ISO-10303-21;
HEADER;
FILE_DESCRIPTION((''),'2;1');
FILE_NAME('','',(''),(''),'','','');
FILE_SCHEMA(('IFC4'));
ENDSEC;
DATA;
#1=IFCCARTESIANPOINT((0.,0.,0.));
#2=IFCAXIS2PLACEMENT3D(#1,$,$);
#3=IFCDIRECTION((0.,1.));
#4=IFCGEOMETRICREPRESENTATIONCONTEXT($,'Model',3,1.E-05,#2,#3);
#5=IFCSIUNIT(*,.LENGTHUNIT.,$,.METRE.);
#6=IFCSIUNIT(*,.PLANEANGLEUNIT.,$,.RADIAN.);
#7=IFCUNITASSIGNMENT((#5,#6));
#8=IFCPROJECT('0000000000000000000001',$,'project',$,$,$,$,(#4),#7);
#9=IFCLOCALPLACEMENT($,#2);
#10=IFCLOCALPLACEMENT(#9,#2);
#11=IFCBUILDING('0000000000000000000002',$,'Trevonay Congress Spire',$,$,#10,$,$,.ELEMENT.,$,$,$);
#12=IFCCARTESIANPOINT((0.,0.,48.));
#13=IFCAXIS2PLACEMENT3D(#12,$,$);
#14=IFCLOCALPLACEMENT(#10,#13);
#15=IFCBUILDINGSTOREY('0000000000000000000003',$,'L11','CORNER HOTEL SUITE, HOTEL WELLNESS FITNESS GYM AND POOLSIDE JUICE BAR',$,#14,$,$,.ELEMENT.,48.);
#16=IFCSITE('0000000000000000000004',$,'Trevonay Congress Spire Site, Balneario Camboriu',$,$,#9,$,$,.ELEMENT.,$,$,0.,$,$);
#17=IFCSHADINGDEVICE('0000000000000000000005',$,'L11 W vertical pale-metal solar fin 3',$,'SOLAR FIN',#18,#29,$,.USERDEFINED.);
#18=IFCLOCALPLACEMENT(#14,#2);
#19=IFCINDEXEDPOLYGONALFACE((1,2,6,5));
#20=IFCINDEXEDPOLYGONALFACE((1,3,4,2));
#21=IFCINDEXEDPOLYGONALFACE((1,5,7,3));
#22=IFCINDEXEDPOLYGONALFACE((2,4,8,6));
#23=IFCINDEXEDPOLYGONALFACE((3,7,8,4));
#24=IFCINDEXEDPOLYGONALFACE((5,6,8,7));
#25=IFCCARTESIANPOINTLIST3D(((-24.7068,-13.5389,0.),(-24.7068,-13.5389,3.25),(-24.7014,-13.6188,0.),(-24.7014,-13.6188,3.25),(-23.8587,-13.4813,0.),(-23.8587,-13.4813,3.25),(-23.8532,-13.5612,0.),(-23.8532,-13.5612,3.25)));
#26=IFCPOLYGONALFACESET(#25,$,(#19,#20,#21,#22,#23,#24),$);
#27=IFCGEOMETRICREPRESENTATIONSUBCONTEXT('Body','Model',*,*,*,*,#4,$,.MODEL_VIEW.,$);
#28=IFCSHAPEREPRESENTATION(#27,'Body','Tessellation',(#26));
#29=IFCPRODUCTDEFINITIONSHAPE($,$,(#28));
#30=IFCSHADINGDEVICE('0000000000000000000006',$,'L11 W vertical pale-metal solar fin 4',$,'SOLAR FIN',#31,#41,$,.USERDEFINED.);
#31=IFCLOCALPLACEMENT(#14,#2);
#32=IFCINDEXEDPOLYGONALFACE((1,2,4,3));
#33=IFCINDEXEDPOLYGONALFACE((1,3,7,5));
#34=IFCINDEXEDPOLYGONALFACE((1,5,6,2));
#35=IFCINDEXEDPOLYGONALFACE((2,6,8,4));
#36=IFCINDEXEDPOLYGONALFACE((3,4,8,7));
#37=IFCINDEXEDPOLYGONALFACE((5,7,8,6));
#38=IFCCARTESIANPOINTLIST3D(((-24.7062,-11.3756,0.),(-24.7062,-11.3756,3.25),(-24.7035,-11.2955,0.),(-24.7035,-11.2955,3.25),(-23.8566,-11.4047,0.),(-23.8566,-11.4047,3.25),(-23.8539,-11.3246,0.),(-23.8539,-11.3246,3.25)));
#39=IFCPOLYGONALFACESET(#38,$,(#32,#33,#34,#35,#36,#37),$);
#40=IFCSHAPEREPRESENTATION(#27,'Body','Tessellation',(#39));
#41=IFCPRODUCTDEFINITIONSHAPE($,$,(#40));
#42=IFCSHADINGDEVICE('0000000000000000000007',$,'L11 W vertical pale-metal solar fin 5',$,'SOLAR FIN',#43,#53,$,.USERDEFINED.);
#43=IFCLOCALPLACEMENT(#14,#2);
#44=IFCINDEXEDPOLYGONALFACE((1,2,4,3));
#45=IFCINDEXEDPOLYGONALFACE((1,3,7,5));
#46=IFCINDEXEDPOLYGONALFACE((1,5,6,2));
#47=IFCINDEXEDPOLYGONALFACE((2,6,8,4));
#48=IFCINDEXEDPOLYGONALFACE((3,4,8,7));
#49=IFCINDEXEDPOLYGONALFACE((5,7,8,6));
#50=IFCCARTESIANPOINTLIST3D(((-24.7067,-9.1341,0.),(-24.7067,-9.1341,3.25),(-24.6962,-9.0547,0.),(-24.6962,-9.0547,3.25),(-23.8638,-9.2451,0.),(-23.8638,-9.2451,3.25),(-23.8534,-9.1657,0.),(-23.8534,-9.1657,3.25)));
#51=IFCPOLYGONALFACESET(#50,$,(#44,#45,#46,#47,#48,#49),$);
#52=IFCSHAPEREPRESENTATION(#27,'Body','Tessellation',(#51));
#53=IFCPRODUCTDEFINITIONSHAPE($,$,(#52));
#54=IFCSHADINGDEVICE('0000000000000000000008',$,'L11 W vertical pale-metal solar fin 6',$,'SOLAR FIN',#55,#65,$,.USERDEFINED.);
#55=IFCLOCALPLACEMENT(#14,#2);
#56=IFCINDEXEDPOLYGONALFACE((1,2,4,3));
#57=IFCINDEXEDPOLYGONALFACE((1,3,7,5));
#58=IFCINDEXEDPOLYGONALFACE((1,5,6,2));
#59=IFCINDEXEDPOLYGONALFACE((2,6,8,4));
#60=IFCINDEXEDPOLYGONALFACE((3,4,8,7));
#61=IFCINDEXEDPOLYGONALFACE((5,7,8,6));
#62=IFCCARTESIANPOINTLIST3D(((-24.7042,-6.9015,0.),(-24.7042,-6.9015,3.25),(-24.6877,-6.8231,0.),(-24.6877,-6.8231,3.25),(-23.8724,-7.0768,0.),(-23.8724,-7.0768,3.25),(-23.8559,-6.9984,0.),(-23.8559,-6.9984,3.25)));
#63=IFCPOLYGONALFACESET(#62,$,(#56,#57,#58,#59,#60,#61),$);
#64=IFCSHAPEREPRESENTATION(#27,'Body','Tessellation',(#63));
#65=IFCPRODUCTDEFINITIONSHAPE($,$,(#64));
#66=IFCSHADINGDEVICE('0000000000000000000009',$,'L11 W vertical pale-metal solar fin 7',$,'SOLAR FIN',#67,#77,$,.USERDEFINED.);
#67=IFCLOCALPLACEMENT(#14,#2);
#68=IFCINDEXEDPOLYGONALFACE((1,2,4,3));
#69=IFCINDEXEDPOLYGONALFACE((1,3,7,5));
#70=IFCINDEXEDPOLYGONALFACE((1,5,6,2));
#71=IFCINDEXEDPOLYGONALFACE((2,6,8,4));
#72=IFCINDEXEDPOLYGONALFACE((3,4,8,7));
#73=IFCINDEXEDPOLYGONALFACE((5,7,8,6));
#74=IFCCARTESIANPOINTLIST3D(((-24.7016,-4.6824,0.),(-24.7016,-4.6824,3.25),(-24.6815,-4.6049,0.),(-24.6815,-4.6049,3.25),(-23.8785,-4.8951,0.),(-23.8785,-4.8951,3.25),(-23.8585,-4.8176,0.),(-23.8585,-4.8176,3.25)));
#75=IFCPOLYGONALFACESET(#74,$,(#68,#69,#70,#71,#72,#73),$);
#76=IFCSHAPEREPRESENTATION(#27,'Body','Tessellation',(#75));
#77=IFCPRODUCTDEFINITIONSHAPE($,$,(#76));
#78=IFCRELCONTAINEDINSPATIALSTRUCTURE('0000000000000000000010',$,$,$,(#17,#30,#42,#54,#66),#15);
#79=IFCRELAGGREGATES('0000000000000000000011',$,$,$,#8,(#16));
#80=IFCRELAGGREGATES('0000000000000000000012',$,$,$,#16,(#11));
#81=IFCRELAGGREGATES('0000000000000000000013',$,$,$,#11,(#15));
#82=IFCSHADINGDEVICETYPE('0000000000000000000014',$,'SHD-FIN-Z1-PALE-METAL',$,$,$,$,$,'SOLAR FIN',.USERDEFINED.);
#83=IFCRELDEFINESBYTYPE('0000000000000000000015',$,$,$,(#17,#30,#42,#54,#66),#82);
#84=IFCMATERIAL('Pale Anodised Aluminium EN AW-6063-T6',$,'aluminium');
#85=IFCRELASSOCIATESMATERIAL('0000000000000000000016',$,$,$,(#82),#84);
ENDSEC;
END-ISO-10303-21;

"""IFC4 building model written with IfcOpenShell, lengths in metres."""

from ifc_helpers import new_model, si_unit, direction, frame, origin, origin_2d, place, context, subcontext, project, spatial, rectangle, extrude, material, type_object, element, save


model = new_model("IFC4")

# Units and contexts
model_context = context("Model", 3, precision=1e-05, world=origin(), true_north=direction((0.0, 1.0)))
body_context = subcontext(model_context, "Body", "Model", "MODEL_VIEW")
ifc_project = project(units=[si_unit("LENGTHUNIT", "METRE"), si_unit("PLANEANGLEUNIT", "RADIAN")], contexts=[model_context])

# Site, building, storey
site_placement = place(None, origin())
site = spatial("IfcSite", under=ifc_project, at=site_placement, Name="Trevonay Congress Spire Site, Balneario Camboriu", CompositionType="ELEMENT", RefElevation=0.0)
building_placement = place(site_placement, origin())
building = spatial("IfcBuilding", under=site, at=building_placement, Name="Trevonay Congress Spire", CompositionType="ELEMENT")
storey_placement = place(building_placement, frame((0.0, 0.0, 48.0)))
storey = spatial("IfcBuildingStorey", under=building, at=storey_placement, Name="L11", Description="CORNER HOTEL SUITE, HOTEL WELLNESS FITNESS GYM AND POOLSIDE JUICE BAR", CompositionType="ELEMENT", Elevation=48.0)

# Shared definitions
ifc_material_1 = material(Name="Pale Anodised Aluminium EN AW-6063-T6", Category="aluminium")

# Shading devices
shading_device_type = type_object("IfcShadingDeviceType", Name="SHD-FIN-Z1-PALE-METAL", ElementType="SOLAR FIN", PredefinedType="USERDEFINED", material=ifc_material_1)
for number, where, z_axis, x_axis, name in (
    (1, (-24.28, -13.55, 0.0), (0.0, 0.0, 1.0), (-0.067667, 0.997708, 0.0), "L11 W vertical pale-metal solar fin 3"),
    (2, (-24.28, -11.3501, 0.0), (0.0, 0.0, 1.0), (0.034202, 0.999415, 0.0), "L11 W vertical pale-metal solar fin 4"),
    (3, (-24.28, -9.1499, 0.0), (0.0, 0.0, 1.0), (0.130526, 0.991445, 0.0), "L11 W vertical pale-metal solar fin 5"),
    (4, (-24.28, -6.95, 0.0), (0.0, 0.0, 1.0), (0.206204, 0.978509, 0.0), "L11 W vertical pale-metal solar fin 6"),
    (5, (-24.28, -4.75, 0.0), (0.0, 0.0, 1.0), (0.250211, 0.968191, 0.0), "L11 W vertical pale-metal solar fin 7"),
):
    element("IfcShadingDevice", number, at=place(storey_placement, frame(where, z_axis=z_axis, x_axis=x_axis)), inside=storey, type_object=shading_device_type, Name=name, ObjectType="SOLAR FIN", PredefinedType="USERDEFINED", context=body_context, shape_type="SweptSolid", body=[
        extrude(rectangle(XDim=0.0801, YDim=0.8501, at=origin_2d()), origin(), (0.0, 0.0, 1.0), 3.25),
    ])

save(model, "model.ifc")
